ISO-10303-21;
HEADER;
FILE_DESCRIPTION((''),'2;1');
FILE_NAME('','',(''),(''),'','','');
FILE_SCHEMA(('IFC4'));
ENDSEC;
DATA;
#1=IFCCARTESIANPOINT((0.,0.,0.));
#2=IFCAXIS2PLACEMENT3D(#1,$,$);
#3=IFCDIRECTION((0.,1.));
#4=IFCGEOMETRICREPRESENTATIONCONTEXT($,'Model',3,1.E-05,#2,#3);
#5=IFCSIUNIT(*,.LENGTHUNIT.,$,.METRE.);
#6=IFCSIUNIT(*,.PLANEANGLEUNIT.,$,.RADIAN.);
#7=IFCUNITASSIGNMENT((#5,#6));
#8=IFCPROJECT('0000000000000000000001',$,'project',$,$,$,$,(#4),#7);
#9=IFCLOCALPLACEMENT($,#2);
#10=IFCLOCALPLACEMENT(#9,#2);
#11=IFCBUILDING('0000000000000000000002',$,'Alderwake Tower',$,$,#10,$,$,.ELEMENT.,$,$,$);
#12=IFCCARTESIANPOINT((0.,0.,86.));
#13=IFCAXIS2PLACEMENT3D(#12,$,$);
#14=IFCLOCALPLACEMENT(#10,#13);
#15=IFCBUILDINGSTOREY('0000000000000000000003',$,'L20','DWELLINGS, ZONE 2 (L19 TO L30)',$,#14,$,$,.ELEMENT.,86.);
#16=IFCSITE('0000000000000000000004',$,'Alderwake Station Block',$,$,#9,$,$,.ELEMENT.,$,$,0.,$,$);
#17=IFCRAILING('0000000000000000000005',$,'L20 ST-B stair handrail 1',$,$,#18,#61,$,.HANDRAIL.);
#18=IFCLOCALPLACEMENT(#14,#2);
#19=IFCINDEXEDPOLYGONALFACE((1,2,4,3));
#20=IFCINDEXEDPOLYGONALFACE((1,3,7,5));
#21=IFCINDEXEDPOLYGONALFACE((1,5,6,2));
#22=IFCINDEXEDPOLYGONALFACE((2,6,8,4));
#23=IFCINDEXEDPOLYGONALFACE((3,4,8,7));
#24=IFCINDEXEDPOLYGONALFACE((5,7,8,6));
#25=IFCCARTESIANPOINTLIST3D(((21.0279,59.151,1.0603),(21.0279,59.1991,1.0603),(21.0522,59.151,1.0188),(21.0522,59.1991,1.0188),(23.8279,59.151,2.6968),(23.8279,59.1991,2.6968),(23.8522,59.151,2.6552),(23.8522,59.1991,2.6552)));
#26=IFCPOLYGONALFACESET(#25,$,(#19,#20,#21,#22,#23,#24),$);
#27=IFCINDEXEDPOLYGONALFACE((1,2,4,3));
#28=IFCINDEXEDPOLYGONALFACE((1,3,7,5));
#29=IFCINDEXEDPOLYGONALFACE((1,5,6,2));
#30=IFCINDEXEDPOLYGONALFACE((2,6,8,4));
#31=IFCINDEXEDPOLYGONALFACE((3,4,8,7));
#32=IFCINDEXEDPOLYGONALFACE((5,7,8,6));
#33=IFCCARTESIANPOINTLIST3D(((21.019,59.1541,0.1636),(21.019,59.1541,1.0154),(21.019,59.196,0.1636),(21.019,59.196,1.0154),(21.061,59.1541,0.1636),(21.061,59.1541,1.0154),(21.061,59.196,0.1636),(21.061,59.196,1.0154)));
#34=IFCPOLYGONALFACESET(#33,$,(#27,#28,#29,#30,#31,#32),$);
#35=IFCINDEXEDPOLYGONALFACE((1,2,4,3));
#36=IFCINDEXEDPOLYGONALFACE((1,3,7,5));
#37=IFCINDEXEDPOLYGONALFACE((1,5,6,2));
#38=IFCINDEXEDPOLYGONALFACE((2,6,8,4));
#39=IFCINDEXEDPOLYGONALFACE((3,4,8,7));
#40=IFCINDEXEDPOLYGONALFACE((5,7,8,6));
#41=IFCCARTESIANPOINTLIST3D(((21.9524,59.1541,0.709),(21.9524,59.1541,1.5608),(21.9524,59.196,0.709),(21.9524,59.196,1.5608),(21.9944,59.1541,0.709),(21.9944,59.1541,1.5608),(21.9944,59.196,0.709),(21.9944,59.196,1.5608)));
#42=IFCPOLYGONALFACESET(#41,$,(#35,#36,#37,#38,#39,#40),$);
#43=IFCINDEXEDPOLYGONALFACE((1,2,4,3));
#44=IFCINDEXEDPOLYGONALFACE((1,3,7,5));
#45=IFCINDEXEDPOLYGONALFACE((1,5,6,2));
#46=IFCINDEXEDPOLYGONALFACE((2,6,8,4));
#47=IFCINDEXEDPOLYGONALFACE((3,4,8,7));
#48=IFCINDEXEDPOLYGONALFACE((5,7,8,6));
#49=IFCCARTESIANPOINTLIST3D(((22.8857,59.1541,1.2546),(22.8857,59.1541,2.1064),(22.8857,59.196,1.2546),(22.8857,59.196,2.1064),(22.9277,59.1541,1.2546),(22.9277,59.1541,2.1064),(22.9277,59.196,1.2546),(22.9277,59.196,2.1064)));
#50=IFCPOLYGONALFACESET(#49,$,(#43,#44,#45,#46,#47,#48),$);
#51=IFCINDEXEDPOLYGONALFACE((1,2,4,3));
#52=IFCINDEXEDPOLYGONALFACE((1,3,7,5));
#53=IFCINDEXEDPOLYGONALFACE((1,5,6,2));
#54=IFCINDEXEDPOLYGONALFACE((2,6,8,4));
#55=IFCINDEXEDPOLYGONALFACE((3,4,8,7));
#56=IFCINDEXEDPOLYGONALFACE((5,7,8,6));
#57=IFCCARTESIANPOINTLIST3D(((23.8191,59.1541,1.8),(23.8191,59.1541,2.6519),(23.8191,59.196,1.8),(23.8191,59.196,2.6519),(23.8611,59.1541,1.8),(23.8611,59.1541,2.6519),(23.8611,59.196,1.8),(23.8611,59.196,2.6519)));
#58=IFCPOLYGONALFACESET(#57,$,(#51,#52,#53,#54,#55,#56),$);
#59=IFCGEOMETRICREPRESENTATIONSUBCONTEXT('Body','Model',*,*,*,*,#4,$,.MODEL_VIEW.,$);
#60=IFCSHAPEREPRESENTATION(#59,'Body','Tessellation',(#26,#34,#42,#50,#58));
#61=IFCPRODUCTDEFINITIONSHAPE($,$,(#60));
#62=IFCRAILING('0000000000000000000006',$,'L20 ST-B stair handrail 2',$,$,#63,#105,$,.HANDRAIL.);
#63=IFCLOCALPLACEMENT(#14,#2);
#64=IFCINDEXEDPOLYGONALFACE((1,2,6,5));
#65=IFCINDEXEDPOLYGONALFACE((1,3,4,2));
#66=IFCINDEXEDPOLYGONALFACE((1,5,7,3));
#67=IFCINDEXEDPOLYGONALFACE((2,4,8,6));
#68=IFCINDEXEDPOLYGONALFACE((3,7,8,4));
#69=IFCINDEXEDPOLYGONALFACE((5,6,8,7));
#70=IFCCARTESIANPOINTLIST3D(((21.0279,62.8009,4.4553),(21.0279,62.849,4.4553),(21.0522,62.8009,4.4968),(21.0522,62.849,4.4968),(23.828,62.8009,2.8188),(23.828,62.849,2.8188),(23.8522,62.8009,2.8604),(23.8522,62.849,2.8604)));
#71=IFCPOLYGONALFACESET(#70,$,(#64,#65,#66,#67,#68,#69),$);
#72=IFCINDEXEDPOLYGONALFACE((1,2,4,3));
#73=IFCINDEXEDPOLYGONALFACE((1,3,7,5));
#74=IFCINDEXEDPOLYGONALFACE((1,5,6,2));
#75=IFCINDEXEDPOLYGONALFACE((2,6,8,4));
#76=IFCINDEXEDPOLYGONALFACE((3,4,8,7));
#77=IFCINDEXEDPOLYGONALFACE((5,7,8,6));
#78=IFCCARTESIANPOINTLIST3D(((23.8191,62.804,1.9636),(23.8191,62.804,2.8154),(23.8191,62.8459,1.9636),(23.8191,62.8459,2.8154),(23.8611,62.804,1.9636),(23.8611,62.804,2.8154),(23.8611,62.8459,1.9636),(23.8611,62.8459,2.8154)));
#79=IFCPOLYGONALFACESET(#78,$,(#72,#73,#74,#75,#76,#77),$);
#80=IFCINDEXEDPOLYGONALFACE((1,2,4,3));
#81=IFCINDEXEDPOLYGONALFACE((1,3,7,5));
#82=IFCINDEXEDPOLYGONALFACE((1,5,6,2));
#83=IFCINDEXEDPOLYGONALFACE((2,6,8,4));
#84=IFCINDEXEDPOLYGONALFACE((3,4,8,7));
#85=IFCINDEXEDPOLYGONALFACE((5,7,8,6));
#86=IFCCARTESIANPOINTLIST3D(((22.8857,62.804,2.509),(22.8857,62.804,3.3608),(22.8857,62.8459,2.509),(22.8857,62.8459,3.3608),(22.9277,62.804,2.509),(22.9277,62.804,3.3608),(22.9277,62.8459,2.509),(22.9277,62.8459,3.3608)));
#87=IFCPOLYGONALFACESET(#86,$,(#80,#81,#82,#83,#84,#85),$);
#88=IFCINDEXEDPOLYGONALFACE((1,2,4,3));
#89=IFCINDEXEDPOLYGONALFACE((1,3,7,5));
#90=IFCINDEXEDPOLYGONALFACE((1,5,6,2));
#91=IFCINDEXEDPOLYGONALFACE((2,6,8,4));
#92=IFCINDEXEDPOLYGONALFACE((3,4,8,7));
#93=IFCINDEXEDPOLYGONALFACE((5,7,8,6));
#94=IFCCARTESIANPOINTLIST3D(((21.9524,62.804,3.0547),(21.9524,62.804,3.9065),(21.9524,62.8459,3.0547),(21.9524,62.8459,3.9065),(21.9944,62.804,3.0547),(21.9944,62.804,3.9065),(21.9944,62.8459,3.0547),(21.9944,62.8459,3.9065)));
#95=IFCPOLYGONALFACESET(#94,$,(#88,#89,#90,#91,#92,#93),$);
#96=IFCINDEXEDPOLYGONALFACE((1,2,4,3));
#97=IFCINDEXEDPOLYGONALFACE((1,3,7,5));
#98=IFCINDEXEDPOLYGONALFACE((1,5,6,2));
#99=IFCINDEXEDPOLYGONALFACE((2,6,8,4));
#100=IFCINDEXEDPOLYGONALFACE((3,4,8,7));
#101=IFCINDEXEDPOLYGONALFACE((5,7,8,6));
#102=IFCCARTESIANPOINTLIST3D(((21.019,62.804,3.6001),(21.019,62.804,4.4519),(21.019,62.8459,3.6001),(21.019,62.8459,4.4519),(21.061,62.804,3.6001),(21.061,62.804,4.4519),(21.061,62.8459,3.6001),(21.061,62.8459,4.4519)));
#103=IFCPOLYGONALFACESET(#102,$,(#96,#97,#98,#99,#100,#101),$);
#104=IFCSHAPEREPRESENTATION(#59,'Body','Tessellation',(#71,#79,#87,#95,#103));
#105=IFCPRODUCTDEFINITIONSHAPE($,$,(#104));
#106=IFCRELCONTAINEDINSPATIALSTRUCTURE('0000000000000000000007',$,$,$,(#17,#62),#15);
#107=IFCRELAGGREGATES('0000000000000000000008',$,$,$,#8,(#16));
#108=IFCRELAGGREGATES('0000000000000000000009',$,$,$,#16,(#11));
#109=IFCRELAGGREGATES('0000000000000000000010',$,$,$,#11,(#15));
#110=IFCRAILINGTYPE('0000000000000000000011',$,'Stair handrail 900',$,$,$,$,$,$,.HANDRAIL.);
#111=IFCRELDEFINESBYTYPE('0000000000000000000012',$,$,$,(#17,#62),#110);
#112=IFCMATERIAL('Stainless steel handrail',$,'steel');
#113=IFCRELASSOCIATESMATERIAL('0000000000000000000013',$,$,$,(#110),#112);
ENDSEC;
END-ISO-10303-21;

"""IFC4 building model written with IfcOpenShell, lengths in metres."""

from ifc_helpers import new_model, si_unit, direction, frame, origin, origin_with_axes, origin_2d, place, context, subcontext, project, spatial, rectangle, extrude, material, type_object, element, save


model = new_model("IFC4")

# Units and contexts
model_context = context("Model", 3, precision=1e-05, world=origin(), true_north=direction((0.0, 1.0)))
body_context = subcontext(model_context, "Body", "Model", "MODEL_VIEW")
ifc_project = project(units=[si_unit("LENGTHUNIT", "METRE"), si_unit("PLANEANGLEUNIT", "RADIAN")], contexts=[model_context])

# Site, building, storey
site_placement = place(None, origin())
site = spatial("IfcSite", under=ifc_project, at=site_placement, Name="Alderwake Station Block", CompositionType="ELEMENT", RefElevation=0.0)
building_placement = place(site_placement, origin())
building = spatial("IfcBuilding", under=site, at=building_placement, Name="Alderwake Tower", CompositionType="ELEMENT")
storey_placement = place(building_placement, frame((0.0, 0.0, 86.0)))
storey = spatial("IfcBuildingStorey", under=building, at=storey_placement, Name="L20", Description="DWELLINGS, ZONE 2 (L19 TO L30)", CompositionType="ELEMENT", Elevation=86.0)

# Railings
ifc_material_1 = material(Name="Stainless steel handrail", Category="steel")
railing_type_1 = type_object("IfcRailingType", Name="Stair handrail 900", PredefinedType="HANDRAIL", material=ifc_material_1)
railing_1_placement = place(storey_placement, frame((21.04, 59.175, 0.1636)))
element("IfcRailing", 1, at=railing_1_placement, inside=storey, type_object=railing_type_1, Name="L20 ST-B stair handrail 1", PredefinedType="HANDRAIL", context=body_context, shape_type="SweptSolid", body=[
    extrude(rectangle(XDim=0.0481, YDim=0.0481, at=origin_2d()), frame((0.0, 0.0, 0.876), z_axis=(0.863361, 0.0, 0.504587), x_axis=(0.0, 1.0, 0.0)), (0.0, 0.0, 1.0), 3.2432),
    extrude(rectangle(XDim=0.042, YDim=0.042, at=origin_2d()), origin_with_axes(), (0.0, 0.0, 1.0), 0.8518),
    extrude(rectangle(XDim=0.042, YDim=0.042, at=origin_2d()), frame((0.9333, 0.0, 0.5454), z_axis=(0.0, 0.0, 1.0), x_axis=(1.0, 0.0, 0.0)), (0.0, 0.0, 1.0), 0.8518),
    extrude(rectangle(XDim=0.042, YDim=0.042, at=origin_2d()), frame((1.8667, 0.0, 1.0911), z_axis=(0.0, 0.0, 1.0), x_axis=(1.0, 0.0, 0.0)), (0.0, 0.0, 1.0), 0.8518),
    extrude(rectangle(XDim=0.042, YDim=0.042, at=origin_2d()), frame((2.8, 0.0, 1.6365), z_axis=(0.0, 0.0, 1.0), x_axis=(1.0, 0.0, 0.0)), (0.0, 0.0, 1.0), 0.8518),
])
railing_2_placement = place(storey_placement, frame((23.8401, 62.825, 1.9636)))
element("IfcRailing", 2, at=railing_2_placement, inside=storey, type_object=railing_type_1, Name="L20 ST-B stair handrail 2", PredefinedType="HANDRAIL", context=body_context, shape_type="SweptSolid", body=[
    extrude(rectangle(XDim=0.0481, YDim=0.0481, at=origin_2d()), frame((0.0, 0.0, 0.876), z_axis=(-0.863361, 0.0, 0.504587), x_axis=(0.0, -1.0, 0.0)), (0.0, 0.0, 1.0), 3.2432),
    extrude(rectangle(XDim=0.042, YDim=0.042, at=origin_2d()), frame((0.0, 0.0, 0.0), z_axis=(0.0, 0.0, 1.0), x_axis=(-1.0, 0.0, 0.0)), (0.0, 0.0, 1.0), 0.8518),
    extrude(rectangle(XDim=0.042, YDim=0.042, at=origin_2d()), frame((-0.9333, 0.0, 0.5454), z_axis=(0.0, 0.0, 1.0), x_axis=(-1.0, 0.0, 0.0)), (0.0, 0.0, 1.0), 0.8518),
    extrude(rectangle(XDim=0.042, YDim=0.042, at=origin_2d()), frame((-1.8667, 0.0, 1.0911), z_axis=(0.0, 0.0, 1.0), x_axis=(-1.0, 0.0, 0.0)), (0.0, 0.0, 1.0), 0.8518),
    extrude(rectangle(XDim=0.042, YDim=0.042, at=origin_2d()), frame((-2.8, 0.0, 1.6365), z_axis=(0.0, 0.0, 1.0), x_axis=(-1.0, 0.0, 0.0)), (0.0, 0.0, 1.0), 0.8518),
])

save(model, "model.ifc")
